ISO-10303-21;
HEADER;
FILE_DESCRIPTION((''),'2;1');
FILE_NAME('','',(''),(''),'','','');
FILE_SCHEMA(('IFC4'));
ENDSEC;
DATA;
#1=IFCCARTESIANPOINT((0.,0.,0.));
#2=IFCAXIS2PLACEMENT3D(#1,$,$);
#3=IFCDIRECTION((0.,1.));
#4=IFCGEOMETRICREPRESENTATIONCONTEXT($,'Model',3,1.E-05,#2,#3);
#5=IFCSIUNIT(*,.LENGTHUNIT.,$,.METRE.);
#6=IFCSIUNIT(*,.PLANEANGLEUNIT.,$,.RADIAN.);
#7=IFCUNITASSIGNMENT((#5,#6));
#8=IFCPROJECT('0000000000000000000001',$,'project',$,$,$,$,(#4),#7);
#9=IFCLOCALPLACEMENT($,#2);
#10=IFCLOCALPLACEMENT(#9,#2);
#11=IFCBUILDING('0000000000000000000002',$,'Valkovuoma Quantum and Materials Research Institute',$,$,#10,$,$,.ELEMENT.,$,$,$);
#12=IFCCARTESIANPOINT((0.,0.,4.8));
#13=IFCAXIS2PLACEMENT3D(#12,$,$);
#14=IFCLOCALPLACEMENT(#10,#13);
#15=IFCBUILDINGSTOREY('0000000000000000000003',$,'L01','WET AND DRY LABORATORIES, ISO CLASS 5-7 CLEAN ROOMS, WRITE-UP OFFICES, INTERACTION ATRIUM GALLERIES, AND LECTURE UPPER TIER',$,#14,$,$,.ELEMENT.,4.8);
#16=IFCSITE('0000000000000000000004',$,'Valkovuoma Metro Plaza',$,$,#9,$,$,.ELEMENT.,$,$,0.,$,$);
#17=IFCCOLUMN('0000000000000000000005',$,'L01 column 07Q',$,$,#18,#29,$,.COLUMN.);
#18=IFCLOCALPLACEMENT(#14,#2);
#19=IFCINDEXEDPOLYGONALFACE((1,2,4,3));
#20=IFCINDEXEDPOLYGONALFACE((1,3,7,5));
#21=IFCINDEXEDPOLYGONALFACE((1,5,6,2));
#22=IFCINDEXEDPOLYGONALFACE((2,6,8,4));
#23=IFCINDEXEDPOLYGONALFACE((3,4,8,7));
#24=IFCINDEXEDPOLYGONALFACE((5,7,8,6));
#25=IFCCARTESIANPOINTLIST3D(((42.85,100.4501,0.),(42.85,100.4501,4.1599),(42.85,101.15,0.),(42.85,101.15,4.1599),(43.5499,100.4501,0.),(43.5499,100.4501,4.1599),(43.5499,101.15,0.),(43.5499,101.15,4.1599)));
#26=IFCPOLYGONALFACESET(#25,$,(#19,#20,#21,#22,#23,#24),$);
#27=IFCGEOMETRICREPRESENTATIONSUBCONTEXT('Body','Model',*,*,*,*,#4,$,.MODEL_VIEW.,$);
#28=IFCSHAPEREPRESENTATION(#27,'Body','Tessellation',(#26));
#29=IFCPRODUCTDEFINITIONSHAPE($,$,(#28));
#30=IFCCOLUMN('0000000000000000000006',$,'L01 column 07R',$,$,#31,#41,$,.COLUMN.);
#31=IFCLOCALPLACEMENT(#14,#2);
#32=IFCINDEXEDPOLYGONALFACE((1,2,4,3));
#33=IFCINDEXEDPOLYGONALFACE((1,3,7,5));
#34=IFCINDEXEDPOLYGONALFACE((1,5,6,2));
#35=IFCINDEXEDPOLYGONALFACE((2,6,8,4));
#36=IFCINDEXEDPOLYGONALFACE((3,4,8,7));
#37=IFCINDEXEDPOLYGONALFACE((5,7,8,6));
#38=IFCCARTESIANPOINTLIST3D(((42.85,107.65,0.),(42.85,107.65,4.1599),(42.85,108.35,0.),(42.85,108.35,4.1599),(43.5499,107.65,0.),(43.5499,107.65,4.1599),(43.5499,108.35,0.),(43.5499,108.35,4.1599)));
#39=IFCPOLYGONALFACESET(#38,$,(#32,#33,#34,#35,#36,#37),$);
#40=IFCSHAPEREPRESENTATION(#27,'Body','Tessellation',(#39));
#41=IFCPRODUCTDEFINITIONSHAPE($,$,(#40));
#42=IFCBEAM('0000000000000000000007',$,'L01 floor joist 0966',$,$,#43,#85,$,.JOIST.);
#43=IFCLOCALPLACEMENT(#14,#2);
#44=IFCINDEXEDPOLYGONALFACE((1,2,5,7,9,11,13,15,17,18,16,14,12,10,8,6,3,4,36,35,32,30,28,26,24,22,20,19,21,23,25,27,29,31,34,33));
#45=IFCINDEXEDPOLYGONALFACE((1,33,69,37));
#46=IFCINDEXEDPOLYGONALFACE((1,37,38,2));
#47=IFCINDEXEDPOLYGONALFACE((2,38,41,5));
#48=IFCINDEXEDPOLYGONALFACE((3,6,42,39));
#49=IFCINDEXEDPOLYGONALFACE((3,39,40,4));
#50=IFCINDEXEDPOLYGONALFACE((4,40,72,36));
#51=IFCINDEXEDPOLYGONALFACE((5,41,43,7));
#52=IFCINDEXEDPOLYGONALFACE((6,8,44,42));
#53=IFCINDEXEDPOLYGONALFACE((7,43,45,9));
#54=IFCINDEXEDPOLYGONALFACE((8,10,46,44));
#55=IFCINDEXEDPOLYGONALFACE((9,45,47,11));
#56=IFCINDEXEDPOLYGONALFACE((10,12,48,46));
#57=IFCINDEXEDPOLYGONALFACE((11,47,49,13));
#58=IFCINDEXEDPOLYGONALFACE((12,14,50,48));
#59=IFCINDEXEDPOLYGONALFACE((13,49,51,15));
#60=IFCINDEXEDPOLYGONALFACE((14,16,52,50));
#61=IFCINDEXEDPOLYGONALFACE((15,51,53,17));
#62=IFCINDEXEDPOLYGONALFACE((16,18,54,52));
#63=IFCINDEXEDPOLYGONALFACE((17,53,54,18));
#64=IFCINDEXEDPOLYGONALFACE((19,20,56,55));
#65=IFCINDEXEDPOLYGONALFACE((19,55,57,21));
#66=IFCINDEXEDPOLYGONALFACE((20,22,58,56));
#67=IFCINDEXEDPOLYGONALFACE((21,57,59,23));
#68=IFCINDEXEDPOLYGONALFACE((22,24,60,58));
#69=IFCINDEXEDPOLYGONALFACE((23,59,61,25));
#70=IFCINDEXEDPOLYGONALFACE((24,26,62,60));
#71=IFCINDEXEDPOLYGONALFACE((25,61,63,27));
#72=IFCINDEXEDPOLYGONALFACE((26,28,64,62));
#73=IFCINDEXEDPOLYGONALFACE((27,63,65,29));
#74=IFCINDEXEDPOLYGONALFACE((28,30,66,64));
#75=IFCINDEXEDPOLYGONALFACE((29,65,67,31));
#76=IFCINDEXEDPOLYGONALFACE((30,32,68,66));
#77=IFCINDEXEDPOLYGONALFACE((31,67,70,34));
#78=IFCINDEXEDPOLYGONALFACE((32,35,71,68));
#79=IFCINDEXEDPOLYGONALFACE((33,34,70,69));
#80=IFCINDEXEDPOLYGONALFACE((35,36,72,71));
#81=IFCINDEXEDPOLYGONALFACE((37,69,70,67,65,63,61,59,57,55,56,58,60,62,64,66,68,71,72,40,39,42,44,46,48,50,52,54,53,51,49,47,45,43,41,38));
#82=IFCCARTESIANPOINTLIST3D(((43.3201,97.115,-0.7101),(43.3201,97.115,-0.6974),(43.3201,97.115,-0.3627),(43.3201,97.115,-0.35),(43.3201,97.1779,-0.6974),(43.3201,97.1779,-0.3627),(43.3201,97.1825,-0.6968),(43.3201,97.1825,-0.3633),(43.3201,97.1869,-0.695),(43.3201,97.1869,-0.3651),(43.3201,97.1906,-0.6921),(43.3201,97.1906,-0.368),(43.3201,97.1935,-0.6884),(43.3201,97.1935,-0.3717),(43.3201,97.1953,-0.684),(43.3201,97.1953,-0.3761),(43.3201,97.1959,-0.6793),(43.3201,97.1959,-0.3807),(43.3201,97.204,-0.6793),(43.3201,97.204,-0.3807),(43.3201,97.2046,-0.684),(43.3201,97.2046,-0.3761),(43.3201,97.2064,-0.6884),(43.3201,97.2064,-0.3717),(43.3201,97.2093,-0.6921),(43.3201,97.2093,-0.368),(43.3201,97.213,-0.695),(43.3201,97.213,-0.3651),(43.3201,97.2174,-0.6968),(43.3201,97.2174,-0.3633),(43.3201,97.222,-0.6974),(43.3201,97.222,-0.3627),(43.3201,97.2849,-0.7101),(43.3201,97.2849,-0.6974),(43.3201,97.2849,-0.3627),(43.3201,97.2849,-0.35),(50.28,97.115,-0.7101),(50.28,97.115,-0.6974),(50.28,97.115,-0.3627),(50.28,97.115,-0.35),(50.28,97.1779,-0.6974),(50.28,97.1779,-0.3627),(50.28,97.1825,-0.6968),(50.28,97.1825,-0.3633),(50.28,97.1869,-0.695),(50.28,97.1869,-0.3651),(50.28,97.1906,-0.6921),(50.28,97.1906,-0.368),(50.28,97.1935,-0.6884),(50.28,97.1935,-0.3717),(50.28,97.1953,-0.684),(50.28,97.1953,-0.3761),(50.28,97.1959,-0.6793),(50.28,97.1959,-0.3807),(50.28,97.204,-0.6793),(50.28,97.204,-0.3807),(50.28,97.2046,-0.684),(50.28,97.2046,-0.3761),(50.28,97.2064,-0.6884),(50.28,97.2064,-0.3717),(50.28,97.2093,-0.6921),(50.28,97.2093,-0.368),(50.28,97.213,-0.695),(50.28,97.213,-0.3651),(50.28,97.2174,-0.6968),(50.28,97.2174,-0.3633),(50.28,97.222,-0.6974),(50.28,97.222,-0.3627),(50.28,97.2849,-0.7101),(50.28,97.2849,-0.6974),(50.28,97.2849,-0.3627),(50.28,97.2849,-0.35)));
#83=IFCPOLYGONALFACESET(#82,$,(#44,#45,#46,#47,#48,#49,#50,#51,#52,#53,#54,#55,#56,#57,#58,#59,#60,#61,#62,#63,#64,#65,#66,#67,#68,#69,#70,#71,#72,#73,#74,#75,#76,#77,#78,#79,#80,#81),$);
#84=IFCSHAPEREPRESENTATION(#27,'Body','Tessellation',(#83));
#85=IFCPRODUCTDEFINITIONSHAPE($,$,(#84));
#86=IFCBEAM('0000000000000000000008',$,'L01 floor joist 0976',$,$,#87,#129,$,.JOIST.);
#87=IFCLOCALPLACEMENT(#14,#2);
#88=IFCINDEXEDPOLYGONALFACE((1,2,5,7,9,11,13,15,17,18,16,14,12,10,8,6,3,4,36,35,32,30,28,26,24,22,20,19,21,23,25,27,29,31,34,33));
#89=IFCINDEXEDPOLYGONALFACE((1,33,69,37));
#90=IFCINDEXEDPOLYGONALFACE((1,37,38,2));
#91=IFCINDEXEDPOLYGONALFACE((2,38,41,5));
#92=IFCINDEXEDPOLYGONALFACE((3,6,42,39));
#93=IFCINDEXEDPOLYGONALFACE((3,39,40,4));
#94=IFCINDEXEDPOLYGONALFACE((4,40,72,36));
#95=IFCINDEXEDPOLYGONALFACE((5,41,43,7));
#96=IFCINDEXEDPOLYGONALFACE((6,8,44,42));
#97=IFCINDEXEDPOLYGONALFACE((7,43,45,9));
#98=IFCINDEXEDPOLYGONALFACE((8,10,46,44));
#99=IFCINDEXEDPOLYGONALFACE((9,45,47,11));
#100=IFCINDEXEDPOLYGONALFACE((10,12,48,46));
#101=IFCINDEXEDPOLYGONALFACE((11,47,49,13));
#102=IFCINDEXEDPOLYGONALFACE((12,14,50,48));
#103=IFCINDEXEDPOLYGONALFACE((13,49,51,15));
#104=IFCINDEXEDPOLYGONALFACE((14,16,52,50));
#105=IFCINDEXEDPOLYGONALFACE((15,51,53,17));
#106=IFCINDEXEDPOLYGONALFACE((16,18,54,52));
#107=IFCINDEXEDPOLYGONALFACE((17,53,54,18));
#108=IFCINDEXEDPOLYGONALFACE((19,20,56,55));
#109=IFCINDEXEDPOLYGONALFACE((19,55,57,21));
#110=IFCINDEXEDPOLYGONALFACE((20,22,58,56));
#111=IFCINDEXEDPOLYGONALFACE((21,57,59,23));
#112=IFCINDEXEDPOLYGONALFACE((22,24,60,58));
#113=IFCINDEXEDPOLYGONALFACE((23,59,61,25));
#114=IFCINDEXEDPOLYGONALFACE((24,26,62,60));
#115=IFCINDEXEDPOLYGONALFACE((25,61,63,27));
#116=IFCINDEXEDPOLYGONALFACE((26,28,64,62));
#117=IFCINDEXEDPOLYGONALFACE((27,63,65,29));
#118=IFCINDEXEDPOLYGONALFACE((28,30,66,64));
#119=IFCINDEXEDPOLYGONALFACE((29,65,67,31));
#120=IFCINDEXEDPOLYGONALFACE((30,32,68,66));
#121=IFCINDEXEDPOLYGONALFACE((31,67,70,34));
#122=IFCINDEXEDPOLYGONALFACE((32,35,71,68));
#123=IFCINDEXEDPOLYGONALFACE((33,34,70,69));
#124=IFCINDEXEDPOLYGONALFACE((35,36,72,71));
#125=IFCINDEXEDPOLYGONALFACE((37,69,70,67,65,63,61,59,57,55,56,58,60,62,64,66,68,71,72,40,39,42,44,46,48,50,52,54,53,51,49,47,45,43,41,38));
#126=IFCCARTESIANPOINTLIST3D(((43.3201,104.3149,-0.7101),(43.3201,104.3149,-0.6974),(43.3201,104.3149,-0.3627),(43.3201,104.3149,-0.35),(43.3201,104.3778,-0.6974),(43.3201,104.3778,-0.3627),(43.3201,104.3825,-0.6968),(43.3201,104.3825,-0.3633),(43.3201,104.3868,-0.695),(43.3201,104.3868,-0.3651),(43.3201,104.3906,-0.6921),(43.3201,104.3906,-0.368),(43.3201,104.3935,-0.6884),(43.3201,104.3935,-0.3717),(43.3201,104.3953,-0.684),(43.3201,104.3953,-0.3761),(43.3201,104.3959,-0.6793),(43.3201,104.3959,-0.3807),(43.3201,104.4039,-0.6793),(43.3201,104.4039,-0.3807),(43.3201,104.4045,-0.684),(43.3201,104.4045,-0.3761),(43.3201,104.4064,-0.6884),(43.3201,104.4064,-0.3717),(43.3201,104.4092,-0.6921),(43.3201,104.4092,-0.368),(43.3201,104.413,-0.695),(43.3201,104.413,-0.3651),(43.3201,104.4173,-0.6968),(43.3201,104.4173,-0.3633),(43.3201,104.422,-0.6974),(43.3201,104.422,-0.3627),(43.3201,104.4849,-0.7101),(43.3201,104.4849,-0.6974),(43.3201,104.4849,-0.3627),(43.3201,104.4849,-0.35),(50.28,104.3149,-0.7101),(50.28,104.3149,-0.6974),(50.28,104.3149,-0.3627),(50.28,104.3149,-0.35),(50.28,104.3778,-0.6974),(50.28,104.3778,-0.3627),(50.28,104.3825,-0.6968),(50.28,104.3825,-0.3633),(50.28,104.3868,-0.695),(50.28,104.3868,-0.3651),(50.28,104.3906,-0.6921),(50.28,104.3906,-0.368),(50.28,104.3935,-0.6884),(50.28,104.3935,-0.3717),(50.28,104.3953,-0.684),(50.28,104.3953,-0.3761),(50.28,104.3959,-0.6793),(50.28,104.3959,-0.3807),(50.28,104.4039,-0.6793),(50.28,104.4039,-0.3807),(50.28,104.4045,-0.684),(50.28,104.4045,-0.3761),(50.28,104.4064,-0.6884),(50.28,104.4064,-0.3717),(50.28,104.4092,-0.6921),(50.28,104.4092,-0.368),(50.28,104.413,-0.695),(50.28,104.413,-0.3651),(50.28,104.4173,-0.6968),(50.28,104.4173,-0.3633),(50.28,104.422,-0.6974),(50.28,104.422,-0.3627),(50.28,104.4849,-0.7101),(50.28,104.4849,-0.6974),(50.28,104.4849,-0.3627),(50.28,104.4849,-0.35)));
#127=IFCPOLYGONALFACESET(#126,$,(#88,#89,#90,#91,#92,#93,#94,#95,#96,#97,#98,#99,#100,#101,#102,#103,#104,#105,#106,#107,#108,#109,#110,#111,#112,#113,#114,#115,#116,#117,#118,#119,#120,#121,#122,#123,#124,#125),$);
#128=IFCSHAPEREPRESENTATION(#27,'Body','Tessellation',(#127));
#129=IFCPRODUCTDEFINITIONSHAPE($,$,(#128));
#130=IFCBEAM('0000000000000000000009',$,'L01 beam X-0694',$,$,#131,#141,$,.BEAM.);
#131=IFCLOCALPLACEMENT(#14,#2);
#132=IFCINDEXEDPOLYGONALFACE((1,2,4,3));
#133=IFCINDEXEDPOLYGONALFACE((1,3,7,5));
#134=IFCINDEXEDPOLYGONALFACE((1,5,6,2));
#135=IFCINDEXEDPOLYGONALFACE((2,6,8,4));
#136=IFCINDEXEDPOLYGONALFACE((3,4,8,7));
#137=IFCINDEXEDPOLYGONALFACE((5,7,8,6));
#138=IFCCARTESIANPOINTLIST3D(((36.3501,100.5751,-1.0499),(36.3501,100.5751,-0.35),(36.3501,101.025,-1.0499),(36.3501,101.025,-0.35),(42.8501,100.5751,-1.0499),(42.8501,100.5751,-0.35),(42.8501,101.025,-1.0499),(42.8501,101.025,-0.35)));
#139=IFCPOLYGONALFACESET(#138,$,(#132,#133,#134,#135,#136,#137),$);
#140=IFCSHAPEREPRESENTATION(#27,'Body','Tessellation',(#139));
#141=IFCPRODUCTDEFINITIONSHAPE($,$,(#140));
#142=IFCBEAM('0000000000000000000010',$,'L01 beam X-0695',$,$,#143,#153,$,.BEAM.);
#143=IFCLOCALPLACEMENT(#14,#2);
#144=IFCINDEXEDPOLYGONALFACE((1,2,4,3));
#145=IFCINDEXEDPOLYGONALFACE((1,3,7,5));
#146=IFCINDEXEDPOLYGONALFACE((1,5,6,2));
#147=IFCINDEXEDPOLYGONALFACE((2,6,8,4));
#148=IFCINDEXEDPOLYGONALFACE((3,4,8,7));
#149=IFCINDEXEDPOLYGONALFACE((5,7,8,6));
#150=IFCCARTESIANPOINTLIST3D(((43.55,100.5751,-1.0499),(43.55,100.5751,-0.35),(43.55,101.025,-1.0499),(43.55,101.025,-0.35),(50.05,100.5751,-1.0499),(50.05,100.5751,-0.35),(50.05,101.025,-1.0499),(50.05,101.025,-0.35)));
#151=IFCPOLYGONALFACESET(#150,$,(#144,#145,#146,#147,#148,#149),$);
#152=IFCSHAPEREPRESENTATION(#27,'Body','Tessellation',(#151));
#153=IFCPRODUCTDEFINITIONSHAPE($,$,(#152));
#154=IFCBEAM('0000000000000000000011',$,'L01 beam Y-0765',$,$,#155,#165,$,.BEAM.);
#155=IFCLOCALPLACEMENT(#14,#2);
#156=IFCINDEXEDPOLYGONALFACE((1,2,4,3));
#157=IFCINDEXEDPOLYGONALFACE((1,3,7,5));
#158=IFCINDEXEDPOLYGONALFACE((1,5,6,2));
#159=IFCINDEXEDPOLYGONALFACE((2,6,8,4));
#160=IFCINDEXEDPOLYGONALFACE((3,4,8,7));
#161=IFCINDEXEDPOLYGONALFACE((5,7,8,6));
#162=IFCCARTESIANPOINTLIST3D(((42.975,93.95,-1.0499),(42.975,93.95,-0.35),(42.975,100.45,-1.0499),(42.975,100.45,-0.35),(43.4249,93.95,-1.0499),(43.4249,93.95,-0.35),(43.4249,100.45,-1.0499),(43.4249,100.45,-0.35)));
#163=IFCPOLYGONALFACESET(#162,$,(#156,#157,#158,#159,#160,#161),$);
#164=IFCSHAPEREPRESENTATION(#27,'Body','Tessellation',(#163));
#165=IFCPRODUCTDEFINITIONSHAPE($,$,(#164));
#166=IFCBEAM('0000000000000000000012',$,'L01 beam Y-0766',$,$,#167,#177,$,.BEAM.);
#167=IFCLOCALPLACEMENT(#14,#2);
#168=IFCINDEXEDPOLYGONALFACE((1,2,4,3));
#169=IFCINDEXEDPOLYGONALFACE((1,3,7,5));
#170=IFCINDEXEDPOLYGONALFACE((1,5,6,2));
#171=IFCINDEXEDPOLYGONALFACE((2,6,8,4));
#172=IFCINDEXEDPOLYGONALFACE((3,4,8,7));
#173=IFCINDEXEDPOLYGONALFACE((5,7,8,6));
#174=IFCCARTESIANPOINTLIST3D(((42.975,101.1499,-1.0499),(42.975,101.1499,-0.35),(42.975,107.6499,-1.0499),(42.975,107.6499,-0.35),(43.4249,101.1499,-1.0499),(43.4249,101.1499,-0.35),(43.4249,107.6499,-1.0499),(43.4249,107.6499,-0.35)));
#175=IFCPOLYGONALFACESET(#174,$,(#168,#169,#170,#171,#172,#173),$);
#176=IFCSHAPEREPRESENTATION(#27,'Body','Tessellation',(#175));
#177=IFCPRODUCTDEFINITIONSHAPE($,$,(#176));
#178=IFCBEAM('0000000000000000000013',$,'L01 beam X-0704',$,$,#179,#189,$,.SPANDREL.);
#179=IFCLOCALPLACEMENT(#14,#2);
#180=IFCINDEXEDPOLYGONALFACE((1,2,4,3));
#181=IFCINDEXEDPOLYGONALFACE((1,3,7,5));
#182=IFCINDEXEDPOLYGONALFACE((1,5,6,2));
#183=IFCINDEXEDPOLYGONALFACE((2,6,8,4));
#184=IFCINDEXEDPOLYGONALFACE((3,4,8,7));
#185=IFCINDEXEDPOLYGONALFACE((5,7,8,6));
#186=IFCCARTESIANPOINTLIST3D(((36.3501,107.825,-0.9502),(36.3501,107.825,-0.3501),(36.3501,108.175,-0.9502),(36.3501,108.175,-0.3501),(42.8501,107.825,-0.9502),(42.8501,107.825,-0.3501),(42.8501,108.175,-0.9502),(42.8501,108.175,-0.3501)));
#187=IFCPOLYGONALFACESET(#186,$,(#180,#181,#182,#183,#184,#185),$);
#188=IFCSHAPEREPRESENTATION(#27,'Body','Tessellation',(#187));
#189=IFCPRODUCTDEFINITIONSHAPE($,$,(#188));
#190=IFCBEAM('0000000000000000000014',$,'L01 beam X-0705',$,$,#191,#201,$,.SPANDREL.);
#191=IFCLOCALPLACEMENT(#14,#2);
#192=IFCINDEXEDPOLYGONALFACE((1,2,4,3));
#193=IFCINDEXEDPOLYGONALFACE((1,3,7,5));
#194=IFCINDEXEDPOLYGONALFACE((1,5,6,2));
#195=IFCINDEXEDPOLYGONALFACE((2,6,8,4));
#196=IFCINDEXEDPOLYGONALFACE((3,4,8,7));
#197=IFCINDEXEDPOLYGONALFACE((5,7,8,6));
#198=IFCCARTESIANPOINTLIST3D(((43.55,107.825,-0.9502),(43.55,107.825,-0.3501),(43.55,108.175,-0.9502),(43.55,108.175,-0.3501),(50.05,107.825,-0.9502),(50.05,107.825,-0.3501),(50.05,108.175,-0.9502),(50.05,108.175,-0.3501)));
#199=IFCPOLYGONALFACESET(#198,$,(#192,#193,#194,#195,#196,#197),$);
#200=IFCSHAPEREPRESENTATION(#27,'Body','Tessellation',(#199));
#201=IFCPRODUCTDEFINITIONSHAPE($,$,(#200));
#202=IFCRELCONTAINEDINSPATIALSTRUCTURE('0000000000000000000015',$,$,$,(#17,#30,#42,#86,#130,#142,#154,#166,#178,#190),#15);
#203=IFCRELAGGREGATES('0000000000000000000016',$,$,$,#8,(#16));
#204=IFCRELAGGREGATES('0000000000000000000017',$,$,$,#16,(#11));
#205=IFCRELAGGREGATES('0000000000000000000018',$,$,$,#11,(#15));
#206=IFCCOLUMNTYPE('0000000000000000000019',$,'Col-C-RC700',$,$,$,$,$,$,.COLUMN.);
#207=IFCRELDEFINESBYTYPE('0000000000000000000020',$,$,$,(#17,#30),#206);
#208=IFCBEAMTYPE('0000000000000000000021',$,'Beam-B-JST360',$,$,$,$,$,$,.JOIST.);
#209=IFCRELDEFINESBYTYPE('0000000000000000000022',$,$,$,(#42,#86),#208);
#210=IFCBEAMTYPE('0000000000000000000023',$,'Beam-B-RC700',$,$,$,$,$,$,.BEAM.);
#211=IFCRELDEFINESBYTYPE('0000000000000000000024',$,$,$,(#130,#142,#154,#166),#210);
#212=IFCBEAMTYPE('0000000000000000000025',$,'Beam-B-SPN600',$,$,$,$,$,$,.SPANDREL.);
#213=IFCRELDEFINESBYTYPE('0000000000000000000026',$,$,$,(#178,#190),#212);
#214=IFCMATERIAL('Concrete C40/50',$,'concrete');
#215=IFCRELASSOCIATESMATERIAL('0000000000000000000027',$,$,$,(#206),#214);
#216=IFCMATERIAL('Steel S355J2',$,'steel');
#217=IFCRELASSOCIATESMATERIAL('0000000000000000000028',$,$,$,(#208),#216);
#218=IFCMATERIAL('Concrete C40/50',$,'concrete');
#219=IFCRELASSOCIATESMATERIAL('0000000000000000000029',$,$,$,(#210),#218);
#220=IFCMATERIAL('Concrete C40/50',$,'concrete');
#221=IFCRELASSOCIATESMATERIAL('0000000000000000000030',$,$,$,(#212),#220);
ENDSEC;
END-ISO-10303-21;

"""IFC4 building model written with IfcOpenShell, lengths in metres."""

from ifc_helpers import new_model, si_unit, direction, frame, origin, origin_2d, place, context, subcontext, project, spatial, rectangle, i_section, extrude, material, material_profile, profile_set, type_object, element, save


model = new_model("IFC4")

# Units and contexts
model_context = context("Model", 3, precision=1e-05, world=origin(), true_north=direction((0.0, 1.0)))
body_context = subcontext(model_context, "Body", "Model", "MODEL_VIEW")
ifc_project = project(units=[si_unit("LENGTHUNIT", "METRE"), si_unit("PLANEANGLEUNIT", "RADIAN")], contexts=[model_context])

# Site, building, storey
site_placement = place(None, origin())
site = spatial("IfcSite", under=ifc_project, at=site_placement, Name="Valkovuoma Metro Plaza", CompositionType="ELEMENT", RefElevation=0.0)
building_placement = place(site_placement, origin())
building = spatial("IfcBuilding", under=site, at=building_placement, Name="Valkovuoma Quantum and Materials Research Institute", CompositionType="ELEMENT")
storey_placement = place(building_placement, frame((0.0, 0.0, 4.8)))
storey = spatial("IfcBuildingStorey", under=building, at=storey_placement, Name="L01", Description="WET AND DRY LABORATORIES, ISO CLASS 5-7 CLEAN ROOMS, WRITE-UP OFFICES, INTERACTION ATRIUM GALLERIES, AND LECTURE UPPER TIER", CompositionType="ELEMENT", Elevation=4.8)

# Columns
ifc_material_1 = material(Name="Concrete C40/50", Category="concrete")
ifc_material_profile_1 = material_profile(ifc_material_1, rectangle(XDim=0.7, YDim=0.7, at=origin_2d()), Name="Concrete C40/50")
ifc_profile_set_1 = profile_set([ifc_material_profile_1], Name="Concrete C40/50")
column_type = type_object("IfcColumnType", Name="Col-C-RC700", PredefinedType="COLUMN", material=ifc_profile_set_1)
for number, where, z_axis, x_axis, name in (
    (1, (43.2, 100.8, 0.0), (0.0, 0.0, 1.0), (1.0, 0.0, 0.0), "L01 column 07Q"),
    (2, (43.2, 108.0, 0.0), (0.0, 0.0, 1.0), (1.0, 0.0, 0.0), "L01 column 07R"),
):
    element("IfcColumn", number, at=place(storey_placement, frame(where, z_axis=z_axis, x_axis=x_axis)), inside=storey, type_object=column_type, Name=name, PredefinedType="COLUMN", context=body_context, shape_type="SweptSolid", body=[
        extrude(rectangle(XDim=0.7, YDim=0.7, at=origin_2d()), origin(), (0.0, 0.0, 1.0), 4.1599),
    ])

# Beams
ifc_material_2 = material(Name="Steel S355J2", Category="steel")
ifc_material_profile_2 = material_profile(ifc_material_2, i_section(OverallWidth=0.1699, OverallDepth=0.3601, WebThickness=0.0081, FlangeThickness=0.0127, FilletRadius=0.0181, at=origin_2d()), Name="Steel S355J2")
ifc_profile_set_2 = profile_set([ifc_material_profile_2], Name="Steel S355J2")
beam_type_1 = type_object("IfcBeamType", Name="Beam-B-JST360", PredefinedType="JOIST", material=ifc_profile_set_2)
for number, where, z_axis, x_axis, name in (
    (3, (43.3201, 97.2, -0.53), (1.0, 0.0, 0.0), (0.0, 1.0, 0.0), "L01 floor joist 0966"),
    (4, (43.3201, 104.3999, -0.53), (1.0, 0.0, 0.0), (0.0, 1.0, 0.0), "L01 floor joist 0976"),
):
    element("IfcBeam", number, at=place(storey_placement, frame(where, z_axis=z_axis, x_axis=x_axis)), inside=storey, type_object=beam_type_1, Name=name, PredefinedType="JOIST", context=body_context, shape_type="SweptSolid", body=[
        extrude(i_section(OverallWidth=0.1699, OverallDepth=0.3601, WebThickness=0.0081, FlangeThickness=0.0127, FilletRadius=0.0181, at=origin_2d()), origin(), (0.0, 0.0, 1.0), 6.96),
    ])
ifc_material_3 = material(Name="Concrete C40/50", Category="concrete")
ifc_material_profile_3 = material_profile(ifc_material_3, rectangle(XDim=0.45, YDim=0.7, at=origin_2d()), Name="Concrete C40/50")
ifc_profile_set_3 = profile_set([ifc_material_profile_3], Name="Concrete C40/50")
beam_type_2 = type_object("IfcBeamType", Name="Beam-B-RC700", PredefinedType="BEAM", material=ifc_profile_set_3)
for number, where, z_axis, x_axis, name in (
    (5, (36.3501, 100.8, -0.7), (1.0, 0.0, 0.0), (0.0, 1.0, 0.0), "L01 beam X-0694"),
    (6, (43.55, 100.8, -0.7), (1.0, 0.0, 0.0), (0.0, 1.0, 0.0), "L01 beam X-0695"),
    (7, (43.2, 93.95, -0.7), (0.0, 1.0, 0.0), (-1.0, 0.0, 0.0), "L01 beam Y-0765"),
    (8, (43.2, 101.1499, -0.7), (0.0, 1.0, 0.0), (-1.0, 0.0, 0.0), "L01 beam Y-0766"),
):
    element("IfcBeam", number, at=place(storey_placement, frame(where, z_axis=z_axis, x_axis=x_axis)), inside=storey, type_object=beam_type_2, Name=name, PredefinedType="BEAM", context=body_context, shape_type="SweptSolid", body=[
        extrude(rectangle(XDim=0.45, YDim=0.7, at=origin_2d()), origin(), (0.0, 0.0, 1.0), 6.5),
    ])
ifc_material_4 = material(Name="Concrete C40/50", Category="concrete")
ifc_material_profile_4 = material_profile(ifc_material_4, rectangle(XDim=0.3501, YDim=0.6001, at=origin_2d()), Name="Concrete C40/50")
ifc_profile_set_4 = profile_set([ifc_material_profile_4], Name="Concrete C40/50")
beam_type_3 = type_object("IfcBeamType", Name="Beam-B-SPN600", PredefinedType="SPANDREL", material=ifc_profile_set_4)
for number, where, z_axis, x_axis, name in (
    (9, (36.3501, 108.0, -0.6501), (1.0, 0.0, 0.0), (0.0, 1.0, 0.0), "L01 beam X-0704"),
    (10, (43.55, 108.0, -0.6501), (1.0, 0.0, 0.0), (0.0, 1.0, 0.0), "L01 beam X-0705"),
):
    element("IfcBeam", number, at=place(storey_placement, frame(where, z_axis=z_axis, x_axis=x_axis)), inside=storey, type_object=beam_type_3, Name=name, PredefinedType="SPANDREL", context=body_context, shape_type="SweptSolid", body=[
        extrude(rectangle(XDim=0.3501, YDim=0.6001, at=origin_2d()), origin(), (0.0, 0.0, 1.0), 6.5),
    ])

save(model, "model.ifc")
